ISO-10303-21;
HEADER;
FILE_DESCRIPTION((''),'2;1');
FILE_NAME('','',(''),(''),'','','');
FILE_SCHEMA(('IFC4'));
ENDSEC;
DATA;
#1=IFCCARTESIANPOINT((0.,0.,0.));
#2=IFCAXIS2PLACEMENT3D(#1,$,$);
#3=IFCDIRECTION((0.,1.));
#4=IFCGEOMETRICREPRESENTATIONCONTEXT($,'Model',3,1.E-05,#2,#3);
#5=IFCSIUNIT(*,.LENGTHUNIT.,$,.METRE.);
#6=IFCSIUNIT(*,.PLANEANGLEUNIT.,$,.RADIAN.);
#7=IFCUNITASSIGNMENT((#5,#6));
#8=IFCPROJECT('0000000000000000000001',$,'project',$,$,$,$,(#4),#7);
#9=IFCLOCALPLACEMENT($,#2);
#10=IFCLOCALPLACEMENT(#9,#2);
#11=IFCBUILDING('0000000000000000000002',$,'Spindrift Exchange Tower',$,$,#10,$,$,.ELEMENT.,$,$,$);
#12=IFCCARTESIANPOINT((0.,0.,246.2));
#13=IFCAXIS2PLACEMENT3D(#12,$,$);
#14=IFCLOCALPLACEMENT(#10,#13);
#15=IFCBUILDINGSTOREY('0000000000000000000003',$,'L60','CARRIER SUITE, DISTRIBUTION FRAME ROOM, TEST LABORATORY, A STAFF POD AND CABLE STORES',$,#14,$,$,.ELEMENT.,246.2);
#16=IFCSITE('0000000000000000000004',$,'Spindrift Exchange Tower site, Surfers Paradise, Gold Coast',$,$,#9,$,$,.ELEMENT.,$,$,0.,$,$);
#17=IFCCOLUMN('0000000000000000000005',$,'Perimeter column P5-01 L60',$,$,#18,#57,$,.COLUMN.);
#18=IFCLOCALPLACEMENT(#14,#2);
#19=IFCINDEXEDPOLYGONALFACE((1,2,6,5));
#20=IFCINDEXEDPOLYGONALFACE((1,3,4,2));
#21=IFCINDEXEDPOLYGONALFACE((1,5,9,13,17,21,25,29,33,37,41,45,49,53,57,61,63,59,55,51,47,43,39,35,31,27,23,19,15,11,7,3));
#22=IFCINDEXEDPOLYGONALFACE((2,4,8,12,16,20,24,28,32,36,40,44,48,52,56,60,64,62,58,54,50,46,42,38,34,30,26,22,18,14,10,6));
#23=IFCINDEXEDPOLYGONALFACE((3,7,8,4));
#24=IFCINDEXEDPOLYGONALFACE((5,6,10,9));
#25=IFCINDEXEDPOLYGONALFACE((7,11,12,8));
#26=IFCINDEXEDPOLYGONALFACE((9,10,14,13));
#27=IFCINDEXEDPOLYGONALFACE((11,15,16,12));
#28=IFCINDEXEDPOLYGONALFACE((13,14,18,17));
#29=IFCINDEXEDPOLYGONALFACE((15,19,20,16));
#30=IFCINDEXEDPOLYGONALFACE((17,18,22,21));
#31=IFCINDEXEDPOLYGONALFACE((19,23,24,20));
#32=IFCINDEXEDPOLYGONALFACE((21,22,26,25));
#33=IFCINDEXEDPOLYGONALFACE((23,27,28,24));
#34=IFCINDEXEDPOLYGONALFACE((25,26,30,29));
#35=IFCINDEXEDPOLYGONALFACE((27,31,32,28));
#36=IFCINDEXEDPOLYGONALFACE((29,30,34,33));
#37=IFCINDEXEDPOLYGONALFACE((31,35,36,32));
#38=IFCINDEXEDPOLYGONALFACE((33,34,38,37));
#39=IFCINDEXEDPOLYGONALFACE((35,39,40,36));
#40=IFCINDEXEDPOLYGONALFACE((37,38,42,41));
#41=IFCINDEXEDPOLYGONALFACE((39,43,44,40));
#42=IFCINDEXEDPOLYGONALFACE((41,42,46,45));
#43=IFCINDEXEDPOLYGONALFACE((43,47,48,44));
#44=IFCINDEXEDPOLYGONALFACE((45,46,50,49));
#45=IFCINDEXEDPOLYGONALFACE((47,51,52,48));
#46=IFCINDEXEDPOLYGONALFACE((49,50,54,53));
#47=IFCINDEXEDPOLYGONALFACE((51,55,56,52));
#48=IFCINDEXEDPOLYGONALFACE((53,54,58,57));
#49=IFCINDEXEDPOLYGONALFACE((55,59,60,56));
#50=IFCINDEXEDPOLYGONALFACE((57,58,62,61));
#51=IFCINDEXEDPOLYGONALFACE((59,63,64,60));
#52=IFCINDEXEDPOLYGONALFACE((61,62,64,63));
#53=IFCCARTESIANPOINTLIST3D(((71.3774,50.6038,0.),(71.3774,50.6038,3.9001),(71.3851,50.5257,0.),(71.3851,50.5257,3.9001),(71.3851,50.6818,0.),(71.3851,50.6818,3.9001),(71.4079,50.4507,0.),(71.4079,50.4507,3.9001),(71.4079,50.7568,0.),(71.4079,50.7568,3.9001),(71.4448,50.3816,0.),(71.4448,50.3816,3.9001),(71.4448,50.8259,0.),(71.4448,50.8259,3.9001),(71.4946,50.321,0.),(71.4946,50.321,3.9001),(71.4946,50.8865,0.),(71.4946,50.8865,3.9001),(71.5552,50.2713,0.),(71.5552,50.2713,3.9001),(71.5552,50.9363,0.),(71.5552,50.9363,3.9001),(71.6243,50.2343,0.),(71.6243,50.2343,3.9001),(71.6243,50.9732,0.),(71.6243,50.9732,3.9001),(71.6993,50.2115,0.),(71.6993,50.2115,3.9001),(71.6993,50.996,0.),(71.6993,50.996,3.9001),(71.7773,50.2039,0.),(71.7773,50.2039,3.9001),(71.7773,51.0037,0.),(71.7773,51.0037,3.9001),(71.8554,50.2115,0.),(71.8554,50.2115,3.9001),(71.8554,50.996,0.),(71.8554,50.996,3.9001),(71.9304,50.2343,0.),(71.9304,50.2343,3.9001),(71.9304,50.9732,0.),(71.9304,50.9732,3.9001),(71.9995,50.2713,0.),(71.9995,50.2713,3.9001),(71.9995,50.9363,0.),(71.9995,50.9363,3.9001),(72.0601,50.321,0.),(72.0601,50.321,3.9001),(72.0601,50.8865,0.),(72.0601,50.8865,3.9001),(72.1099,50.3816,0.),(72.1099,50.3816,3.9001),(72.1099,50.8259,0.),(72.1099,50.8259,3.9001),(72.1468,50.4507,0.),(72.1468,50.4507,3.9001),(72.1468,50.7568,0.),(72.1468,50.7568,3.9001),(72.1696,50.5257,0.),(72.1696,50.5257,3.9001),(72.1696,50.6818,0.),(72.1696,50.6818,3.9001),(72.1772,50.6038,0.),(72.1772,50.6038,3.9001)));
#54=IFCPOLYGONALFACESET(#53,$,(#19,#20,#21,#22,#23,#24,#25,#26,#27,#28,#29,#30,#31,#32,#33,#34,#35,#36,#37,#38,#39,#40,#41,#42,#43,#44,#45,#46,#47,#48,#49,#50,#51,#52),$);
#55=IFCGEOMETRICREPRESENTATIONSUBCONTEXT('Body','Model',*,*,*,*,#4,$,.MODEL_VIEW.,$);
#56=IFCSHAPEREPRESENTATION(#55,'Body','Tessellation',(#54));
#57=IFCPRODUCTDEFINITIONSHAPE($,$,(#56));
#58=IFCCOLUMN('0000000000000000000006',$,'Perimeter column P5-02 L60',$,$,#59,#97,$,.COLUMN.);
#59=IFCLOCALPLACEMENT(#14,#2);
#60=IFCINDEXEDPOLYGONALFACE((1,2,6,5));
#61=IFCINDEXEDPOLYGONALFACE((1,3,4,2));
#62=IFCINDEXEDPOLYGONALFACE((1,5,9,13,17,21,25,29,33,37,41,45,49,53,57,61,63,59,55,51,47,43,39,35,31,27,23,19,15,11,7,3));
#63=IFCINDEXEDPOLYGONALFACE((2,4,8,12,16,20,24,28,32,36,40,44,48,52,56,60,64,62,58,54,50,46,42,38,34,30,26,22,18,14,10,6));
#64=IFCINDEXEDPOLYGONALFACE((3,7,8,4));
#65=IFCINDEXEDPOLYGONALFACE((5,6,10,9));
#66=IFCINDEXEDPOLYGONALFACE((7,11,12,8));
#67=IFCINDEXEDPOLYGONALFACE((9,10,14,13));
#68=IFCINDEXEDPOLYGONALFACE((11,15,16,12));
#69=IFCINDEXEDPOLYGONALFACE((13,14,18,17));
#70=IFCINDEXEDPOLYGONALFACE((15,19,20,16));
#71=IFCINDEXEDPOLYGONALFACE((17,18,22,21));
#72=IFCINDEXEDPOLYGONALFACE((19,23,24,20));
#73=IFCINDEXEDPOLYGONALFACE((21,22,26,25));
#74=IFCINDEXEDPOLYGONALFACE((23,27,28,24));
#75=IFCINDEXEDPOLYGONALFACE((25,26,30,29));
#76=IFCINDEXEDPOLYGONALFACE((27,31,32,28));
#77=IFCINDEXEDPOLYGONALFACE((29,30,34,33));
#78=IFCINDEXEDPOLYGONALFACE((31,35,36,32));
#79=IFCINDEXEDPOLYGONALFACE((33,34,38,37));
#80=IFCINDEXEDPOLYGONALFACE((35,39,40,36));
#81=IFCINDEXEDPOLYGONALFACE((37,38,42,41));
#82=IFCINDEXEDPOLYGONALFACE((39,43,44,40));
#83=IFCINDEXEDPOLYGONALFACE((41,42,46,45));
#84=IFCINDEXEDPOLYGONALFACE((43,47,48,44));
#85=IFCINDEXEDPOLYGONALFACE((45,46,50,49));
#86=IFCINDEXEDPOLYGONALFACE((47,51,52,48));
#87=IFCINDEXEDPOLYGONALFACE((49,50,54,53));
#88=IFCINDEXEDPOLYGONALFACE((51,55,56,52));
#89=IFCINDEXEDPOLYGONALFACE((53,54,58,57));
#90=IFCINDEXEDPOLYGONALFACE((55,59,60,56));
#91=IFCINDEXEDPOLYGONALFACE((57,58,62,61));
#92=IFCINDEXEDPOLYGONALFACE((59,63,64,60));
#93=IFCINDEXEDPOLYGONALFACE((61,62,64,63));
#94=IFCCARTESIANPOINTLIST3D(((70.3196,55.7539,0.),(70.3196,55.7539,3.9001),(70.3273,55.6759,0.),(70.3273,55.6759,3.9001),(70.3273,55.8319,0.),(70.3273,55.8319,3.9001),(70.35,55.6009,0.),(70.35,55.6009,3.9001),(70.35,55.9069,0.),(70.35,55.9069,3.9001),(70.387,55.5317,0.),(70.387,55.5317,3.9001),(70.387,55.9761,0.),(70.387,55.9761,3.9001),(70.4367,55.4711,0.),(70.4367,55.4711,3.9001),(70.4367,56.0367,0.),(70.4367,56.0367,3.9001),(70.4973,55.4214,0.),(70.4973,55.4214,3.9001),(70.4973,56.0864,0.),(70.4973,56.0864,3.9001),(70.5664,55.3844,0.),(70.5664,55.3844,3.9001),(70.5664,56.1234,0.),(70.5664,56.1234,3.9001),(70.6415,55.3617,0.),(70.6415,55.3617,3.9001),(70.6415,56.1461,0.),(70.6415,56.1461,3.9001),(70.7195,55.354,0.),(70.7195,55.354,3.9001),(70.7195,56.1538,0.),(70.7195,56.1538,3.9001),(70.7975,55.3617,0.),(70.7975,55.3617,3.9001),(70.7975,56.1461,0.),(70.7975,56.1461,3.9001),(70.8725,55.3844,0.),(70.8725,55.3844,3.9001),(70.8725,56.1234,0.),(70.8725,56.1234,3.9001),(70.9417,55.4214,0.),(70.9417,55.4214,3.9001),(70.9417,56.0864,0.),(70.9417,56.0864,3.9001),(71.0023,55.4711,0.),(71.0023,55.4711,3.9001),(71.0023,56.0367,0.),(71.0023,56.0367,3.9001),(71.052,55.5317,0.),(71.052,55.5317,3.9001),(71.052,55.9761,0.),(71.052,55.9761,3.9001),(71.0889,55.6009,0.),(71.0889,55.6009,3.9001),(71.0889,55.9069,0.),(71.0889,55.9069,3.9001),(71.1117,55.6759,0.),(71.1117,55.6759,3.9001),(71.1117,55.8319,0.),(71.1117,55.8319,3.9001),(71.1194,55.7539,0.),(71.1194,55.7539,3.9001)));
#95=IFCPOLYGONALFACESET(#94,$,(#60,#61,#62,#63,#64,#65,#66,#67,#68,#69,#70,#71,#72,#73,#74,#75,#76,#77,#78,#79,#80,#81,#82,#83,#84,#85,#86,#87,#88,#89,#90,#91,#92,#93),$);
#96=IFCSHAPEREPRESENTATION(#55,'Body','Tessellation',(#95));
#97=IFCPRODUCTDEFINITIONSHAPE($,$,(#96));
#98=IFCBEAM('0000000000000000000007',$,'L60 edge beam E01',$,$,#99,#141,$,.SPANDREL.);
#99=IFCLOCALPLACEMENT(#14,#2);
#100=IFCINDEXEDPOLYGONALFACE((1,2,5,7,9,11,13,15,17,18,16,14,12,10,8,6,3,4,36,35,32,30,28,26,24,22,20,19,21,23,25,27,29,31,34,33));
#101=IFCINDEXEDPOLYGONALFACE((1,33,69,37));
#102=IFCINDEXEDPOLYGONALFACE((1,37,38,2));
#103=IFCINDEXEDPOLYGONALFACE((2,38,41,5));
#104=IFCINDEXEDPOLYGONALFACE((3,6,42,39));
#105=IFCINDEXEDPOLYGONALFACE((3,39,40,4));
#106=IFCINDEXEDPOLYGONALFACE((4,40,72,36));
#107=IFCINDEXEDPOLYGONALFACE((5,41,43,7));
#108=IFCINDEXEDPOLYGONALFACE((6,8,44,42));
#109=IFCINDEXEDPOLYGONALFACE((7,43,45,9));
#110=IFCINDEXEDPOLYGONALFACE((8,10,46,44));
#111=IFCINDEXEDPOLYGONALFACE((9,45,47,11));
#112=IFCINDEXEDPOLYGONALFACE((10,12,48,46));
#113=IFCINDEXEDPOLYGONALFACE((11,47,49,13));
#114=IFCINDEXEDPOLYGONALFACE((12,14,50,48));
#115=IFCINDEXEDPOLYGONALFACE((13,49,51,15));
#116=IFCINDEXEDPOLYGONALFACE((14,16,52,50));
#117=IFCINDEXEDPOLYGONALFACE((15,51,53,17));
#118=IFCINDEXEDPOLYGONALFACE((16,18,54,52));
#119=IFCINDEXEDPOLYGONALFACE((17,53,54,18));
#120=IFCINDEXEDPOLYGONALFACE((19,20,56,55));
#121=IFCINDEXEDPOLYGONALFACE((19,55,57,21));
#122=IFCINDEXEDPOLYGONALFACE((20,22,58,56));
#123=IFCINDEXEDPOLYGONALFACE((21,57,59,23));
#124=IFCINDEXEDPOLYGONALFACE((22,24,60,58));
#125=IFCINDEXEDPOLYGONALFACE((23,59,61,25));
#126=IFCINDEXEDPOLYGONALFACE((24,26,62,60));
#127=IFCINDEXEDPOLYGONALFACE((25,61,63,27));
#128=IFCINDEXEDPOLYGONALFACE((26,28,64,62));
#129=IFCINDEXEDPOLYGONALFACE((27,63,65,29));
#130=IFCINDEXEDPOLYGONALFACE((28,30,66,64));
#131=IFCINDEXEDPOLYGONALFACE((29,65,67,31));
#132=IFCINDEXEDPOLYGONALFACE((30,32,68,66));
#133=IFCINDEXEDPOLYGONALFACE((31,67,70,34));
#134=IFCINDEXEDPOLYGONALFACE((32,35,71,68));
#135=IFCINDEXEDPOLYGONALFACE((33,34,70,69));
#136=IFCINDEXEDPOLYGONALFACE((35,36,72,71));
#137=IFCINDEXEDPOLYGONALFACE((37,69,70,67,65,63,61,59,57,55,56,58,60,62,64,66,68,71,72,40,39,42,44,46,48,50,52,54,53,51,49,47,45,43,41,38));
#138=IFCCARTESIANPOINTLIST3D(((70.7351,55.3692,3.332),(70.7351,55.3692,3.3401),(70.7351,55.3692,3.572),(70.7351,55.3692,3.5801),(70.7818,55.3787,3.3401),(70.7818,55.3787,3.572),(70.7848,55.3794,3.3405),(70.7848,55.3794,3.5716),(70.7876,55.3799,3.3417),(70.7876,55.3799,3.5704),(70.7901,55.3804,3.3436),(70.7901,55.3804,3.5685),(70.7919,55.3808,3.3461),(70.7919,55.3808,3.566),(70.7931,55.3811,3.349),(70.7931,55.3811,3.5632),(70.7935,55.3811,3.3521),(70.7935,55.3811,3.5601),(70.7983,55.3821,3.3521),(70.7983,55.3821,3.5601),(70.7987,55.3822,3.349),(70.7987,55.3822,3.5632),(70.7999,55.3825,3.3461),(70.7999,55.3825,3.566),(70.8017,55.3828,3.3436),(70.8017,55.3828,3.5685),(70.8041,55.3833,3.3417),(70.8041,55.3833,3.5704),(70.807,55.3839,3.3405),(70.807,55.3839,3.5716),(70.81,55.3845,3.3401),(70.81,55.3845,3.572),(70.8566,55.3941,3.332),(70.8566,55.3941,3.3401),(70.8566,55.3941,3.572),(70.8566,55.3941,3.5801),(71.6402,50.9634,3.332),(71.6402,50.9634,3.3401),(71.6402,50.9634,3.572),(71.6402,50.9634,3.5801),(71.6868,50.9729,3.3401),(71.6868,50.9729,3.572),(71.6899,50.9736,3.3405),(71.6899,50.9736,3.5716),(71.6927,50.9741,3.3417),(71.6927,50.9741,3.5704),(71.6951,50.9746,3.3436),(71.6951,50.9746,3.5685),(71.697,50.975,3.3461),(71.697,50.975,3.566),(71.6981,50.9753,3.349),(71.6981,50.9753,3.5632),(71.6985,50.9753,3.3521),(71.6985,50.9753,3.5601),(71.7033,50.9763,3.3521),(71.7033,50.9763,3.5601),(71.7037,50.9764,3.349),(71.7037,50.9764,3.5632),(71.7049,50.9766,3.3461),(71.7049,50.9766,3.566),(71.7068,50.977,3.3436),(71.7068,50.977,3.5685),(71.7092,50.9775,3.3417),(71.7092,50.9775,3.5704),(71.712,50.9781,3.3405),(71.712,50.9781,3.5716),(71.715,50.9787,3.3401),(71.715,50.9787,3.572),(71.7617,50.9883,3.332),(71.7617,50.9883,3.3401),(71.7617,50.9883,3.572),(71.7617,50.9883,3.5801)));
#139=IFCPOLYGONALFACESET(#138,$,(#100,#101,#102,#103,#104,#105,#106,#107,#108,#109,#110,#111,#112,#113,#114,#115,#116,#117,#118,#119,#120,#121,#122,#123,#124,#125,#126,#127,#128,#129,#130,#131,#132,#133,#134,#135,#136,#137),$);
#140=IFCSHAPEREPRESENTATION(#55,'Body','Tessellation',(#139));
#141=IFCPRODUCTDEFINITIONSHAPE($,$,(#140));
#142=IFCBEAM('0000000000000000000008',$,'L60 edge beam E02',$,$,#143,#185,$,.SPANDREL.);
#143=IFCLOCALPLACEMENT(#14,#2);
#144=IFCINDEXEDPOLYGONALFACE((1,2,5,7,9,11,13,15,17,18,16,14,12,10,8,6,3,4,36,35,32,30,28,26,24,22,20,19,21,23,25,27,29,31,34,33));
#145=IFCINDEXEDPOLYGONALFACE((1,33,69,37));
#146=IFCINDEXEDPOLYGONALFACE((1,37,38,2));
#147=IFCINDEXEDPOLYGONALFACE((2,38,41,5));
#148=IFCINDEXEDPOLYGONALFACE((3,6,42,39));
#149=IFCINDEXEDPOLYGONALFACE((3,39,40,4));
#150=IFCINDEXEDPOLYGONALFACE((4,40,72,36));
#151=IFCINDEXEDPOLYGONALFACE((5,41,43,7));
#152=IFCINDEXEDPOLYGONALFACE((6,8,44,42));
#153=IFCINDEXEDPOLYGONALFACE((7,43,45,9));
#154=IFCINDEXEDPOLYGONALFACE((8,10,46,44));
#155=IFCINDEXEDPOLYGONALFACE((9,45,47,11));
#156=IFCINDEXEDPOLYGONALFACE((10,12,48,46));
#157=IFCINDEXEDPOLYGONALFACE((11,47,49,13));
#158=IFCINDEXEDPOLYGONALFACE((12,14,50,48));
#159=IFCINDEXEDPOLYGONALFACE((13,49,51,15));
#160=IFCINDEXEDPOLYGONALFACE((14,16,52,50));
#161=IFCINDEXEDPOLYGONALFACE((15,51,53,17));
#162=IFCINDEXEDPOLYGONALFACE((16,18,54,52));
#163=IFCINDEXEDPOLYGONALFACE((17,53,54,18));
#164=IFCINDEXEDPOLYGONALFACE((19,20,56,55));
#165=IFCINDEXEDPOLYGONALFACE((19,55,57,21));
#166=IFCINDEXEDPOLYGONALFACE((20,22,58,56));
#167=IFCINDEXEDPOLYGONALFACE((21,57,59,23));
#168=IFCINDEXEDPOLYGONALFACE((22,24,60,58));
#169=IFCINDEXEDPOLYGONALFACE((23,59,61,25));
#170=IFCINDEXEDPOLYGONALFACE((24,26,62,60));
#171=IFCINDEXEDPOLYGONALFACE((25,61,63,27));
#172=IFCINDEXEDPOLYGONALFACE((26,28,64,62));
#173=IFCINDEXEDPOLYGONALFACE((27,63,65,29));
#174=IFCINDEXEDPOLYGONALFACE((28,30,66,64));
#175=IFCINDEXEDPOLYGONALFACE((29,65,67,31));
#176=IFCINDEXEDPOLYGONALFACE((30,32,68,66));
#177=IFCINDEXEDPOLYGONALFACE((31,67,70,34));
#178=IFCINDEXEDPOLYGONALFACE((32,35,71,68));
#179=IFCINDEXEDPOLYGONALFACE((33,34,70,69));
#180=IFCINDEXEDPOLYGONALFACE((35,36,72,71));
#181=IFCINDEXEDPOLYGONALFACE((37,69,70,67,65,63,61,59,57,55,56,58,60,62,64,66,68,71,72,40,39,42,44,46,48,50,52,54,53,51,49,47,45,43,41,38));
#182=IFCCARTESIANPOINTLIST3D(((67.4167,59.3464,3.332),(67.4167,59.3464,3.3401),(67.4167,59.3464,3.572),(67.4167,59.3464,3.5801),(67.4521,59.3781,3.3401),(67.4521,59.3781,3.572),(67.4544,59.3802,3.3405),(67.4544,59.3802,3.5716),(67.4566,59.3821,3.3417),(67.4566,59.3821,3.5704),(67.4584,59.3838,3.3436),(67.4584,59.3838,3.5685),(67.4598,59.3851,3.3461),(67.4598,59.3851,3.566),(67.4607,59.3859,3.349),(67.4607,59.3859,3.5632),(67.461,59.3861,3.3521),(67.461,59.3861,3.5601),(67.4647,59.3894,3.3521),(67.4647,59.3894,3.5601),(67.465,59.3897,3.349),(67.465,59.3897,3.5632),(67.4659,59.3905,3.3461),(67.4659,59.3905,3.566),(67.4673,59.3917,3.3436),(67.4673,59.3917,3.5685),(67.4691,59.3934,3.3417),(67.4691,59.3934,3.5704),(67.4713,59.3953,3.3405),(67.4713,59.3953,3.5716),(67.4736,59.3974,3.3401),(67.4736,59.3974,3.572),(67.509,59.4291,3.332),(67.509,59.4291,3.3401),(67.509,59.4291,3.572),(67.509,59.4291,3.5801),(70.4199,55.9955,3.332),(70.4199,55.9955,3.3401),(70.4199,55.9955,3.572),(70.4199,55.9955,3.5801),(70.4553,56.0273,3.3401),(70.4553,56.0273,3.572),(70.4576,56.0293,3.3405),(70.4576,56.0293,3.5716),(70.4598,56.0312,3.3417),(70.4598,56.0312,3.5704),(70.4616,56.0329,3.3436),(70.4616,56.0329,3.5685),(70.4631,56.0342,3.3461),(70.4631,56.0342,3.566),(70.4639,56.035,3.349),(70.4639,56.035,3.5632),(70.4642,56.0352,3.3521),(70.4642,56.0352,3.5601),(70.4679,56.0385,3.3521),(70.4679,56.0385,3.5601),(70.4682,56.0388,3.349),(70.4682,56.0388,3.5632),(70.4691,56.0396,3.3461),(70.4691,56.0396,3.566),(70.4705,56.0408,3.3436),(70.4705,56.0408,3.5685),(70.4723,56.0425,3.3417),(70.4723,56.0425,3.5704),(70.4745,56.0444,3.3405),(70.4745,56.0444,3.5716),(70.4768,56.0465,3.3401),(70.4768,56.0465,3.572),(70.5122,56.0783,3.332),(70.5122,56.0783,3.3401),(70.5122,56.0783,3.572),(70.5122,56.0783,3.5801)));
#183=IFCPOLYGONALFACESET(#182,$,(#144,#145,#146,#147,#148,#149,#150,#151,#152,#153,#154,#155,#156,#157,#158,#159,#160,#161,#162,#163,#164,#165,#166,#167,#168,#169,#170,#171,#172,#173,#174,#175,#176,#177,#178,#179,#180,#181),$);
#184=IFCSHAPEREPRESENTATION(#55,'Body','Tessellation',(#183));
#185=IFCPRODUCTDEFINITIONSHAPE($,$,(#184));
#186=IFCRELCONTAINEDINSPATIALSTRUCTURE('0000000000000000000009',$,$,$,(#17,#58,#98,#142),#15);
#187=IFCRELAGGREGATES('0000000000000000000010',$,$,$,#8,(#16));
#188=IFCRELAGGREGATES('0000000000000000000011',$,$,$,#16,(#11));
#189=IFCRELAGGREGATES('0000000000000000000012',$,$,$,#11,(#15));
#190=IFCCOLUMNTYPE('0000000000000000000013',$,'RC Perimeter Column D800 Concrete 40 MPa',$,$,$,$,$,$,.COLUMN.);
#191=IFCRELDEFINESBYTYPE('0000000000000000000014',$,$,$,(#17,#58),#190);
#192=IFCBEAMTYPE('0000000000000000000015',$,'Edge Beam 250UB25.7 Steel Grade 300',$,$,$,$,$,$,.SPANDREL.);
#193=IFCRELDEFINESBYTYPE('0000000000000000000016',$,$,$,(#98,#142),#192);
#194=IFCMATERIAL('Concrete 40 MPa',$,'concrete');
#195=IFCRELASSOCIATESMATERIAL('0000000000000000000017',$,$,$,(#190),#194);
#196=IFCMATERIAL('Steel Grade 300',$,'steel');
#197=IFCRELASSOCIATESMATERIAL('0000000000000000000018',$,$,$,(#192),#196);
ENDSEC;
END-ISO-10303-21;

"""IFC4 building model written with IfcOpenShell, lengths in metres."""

from ifc_helpers import new_model, si_unit, direction, frame, origin, origin_2d, place, context, subcontext, project, spatial, circle, i_section, extrude, source, transform, mapped, material, material_profile, profile_set, type_object, element, save


model = new_model("IFC4")

# Units and contexts
model_context = context("Model", 3, precision=1e-05, world=origin(), true_north=direction((0.0, 1.0)))
body_context = subcontext(model_context, "Body", "Model", "MODEL_VIEW")
ifc_project = project(units=[si_unit("LENGTHUNIT", "METRE"), si_unit("PLANEANGLEUNIT", "RADIAN")], contexts=[model_context])

# Site, building, storey
site_placement = place(None, origin())
site = spatial("IfcSite", under=ifc_project, at=site_placement, Name="Spindrift Exchange Tower site, Surfers Paradise, Gold Coast", CompositionType="ELEMENT", RefElevation=0.0)
building_placement = place(site_placement, origin())
building = spatial("IfcBuilding", under=site, at=building_placement, Name="Spindrift Exchange Tower", CompositionType="ELEMENT")
storey_placement = place(building_placement, frame((0.0, 0.0, 246.2)))
storey = spatial("IfcBuildingStorey", under=building, at=storey_placement, Name="L60", Description="CARRIER SUITE, DISTRIBUTION FRAME ROOM, TEST LABORATORY, A STAFF POD AND CABLE STORES", CompositionType="ELEMENT", Elevation=246.2)

# Columns
ifc_material_1 = material(Name="Concrete 40 MPa", Category="concrete")
ifc_material_profile_1 = material_profile(ifc_material_1, circle(Radius=0.3999, at=origin_2d()), Name="RC D800")
ifc_profile_set_1 = profile_set([ifc_material_profile_1], Name="Concrete 40 MPa")
column_type = type_object("IfcColumnType", Name="RC Perimeter Column D800 Concrete 40 MPa", PredefinedType="COLUMN", material=ifc_profile_set_1)
shared_shape_1 = source(origin(), body_context, "Body", "SweptSolid", [
    extrude(circle(Radius=0.3999, at=origin_2d()), origin(), (0.0, 0.0, 1.0), 3.9001),
])
for number, where, z_axis, x_axis, name in (
    (1, (71.7773, 50.6038, 0.0), (0.0, 0.0, 1.0), (1.0, 0.0, 0.0), "Perimeter column P5-01 L60"),
    (2, (70.7195, 55.7539, 0.0), (0.0, 0.0, 1.0), (1.0, 0.0, 0.0), "Perimeter column P5-02 L60"),
):
    element("IfcColumn", number, at=place(storey_placement, frame(where, z_axis=z_axis, x_axis=x_axis)), inside=storey, type_object=column_type, Name=name, PredefinedType="COLUMN", context=body_context, shape_type="MappedRepresentation", body=[
        mapped(shared_shape_1, transform((0.0, 0.0, 0.0), scale=1.0)),
    ])

# Beams
ifc_material_2 = material(Name="Steel Grade 300", Category="steel")
ifc_material_profile_2 = material_profile(ifc_material_2, i_section(OverallWidth=0.124, OverallDepth=0.248, WebThickness=0.0049, FlangeThickness=0.0081, FilletRadius=0.012, at=origin_2d()), Name="250UB25.7")
ifc_profile_set_2 = profile_set([ifc_material_profile_2], Name="Steel Grade 300")
beam_type_1 = type_object("IfcBeamType", Name="Edge Beam 250UB25.7 Steel Grade 300", PredefinedType="SPANDREL", material=ifc_profile_set_2)
shared_shape_2 = source(origin(), body_context, "Body", "SweptSolid", [
    extrude(i_section(OverallWidth=0.124, OverallDepth=0.248, WebThickness=0.0049, FlangeThickness=0.0081, FilletRadius=0.012, at=origin_2d()), origin(), (0.0, 0.0, 1.0), 4.4978),
])
beam_1_placement = place(storey_placement, frame((71.7009, 50.9758, 3.4561), z_axis=(-0.201218, 0.979546, 0.0), x_axis=(-0.979546, -0.201218, 0.0)))
element("IfcBeam", 3, at=beam_1_placement, inside=storey, type_object=beam_type_1, Name="L60 edge beam E01", PredefinedType="SPANDREL", context=body_context, shape_type="MappedRepresentation", body=[
    mapped(shared_shape_2, transform((0.0, 0.0, 0.0), scale=1.0)),
])
shared_shape_3 = source(origin(), body_context, "Body", "SweptSolid", [
    extrude(i_section(OverallWidth=0.124, OverallDepth=0.248, WebThickness=0.0049, FlangeThickness=0.0081, FilletRadius=0.012, at=origin_2d()), origin(), (0.0, 0.0, 1.0), 4.4998),
])
beam_2_placement = place(storey_placement, frame((70.4661, 56.0369, 3.4561), z_axis=(-0.66742, 0.744682, 0.0), x_axis=(-0.744682, -0.66742, 0.0)))
element("IfcBeam", 4, at=beam_2_placement, inside=storey, type_object=beam_type_1, Name="L60 edge beam E02", PredefinedType="SPANDREL", context=body_context, shape_type="MappedRepresentation", body=[
    mapped(shared_shape_3, transform((0.0, 0.0, 0.0), scale=1.0)),
])

save(model, "model.ifc")
